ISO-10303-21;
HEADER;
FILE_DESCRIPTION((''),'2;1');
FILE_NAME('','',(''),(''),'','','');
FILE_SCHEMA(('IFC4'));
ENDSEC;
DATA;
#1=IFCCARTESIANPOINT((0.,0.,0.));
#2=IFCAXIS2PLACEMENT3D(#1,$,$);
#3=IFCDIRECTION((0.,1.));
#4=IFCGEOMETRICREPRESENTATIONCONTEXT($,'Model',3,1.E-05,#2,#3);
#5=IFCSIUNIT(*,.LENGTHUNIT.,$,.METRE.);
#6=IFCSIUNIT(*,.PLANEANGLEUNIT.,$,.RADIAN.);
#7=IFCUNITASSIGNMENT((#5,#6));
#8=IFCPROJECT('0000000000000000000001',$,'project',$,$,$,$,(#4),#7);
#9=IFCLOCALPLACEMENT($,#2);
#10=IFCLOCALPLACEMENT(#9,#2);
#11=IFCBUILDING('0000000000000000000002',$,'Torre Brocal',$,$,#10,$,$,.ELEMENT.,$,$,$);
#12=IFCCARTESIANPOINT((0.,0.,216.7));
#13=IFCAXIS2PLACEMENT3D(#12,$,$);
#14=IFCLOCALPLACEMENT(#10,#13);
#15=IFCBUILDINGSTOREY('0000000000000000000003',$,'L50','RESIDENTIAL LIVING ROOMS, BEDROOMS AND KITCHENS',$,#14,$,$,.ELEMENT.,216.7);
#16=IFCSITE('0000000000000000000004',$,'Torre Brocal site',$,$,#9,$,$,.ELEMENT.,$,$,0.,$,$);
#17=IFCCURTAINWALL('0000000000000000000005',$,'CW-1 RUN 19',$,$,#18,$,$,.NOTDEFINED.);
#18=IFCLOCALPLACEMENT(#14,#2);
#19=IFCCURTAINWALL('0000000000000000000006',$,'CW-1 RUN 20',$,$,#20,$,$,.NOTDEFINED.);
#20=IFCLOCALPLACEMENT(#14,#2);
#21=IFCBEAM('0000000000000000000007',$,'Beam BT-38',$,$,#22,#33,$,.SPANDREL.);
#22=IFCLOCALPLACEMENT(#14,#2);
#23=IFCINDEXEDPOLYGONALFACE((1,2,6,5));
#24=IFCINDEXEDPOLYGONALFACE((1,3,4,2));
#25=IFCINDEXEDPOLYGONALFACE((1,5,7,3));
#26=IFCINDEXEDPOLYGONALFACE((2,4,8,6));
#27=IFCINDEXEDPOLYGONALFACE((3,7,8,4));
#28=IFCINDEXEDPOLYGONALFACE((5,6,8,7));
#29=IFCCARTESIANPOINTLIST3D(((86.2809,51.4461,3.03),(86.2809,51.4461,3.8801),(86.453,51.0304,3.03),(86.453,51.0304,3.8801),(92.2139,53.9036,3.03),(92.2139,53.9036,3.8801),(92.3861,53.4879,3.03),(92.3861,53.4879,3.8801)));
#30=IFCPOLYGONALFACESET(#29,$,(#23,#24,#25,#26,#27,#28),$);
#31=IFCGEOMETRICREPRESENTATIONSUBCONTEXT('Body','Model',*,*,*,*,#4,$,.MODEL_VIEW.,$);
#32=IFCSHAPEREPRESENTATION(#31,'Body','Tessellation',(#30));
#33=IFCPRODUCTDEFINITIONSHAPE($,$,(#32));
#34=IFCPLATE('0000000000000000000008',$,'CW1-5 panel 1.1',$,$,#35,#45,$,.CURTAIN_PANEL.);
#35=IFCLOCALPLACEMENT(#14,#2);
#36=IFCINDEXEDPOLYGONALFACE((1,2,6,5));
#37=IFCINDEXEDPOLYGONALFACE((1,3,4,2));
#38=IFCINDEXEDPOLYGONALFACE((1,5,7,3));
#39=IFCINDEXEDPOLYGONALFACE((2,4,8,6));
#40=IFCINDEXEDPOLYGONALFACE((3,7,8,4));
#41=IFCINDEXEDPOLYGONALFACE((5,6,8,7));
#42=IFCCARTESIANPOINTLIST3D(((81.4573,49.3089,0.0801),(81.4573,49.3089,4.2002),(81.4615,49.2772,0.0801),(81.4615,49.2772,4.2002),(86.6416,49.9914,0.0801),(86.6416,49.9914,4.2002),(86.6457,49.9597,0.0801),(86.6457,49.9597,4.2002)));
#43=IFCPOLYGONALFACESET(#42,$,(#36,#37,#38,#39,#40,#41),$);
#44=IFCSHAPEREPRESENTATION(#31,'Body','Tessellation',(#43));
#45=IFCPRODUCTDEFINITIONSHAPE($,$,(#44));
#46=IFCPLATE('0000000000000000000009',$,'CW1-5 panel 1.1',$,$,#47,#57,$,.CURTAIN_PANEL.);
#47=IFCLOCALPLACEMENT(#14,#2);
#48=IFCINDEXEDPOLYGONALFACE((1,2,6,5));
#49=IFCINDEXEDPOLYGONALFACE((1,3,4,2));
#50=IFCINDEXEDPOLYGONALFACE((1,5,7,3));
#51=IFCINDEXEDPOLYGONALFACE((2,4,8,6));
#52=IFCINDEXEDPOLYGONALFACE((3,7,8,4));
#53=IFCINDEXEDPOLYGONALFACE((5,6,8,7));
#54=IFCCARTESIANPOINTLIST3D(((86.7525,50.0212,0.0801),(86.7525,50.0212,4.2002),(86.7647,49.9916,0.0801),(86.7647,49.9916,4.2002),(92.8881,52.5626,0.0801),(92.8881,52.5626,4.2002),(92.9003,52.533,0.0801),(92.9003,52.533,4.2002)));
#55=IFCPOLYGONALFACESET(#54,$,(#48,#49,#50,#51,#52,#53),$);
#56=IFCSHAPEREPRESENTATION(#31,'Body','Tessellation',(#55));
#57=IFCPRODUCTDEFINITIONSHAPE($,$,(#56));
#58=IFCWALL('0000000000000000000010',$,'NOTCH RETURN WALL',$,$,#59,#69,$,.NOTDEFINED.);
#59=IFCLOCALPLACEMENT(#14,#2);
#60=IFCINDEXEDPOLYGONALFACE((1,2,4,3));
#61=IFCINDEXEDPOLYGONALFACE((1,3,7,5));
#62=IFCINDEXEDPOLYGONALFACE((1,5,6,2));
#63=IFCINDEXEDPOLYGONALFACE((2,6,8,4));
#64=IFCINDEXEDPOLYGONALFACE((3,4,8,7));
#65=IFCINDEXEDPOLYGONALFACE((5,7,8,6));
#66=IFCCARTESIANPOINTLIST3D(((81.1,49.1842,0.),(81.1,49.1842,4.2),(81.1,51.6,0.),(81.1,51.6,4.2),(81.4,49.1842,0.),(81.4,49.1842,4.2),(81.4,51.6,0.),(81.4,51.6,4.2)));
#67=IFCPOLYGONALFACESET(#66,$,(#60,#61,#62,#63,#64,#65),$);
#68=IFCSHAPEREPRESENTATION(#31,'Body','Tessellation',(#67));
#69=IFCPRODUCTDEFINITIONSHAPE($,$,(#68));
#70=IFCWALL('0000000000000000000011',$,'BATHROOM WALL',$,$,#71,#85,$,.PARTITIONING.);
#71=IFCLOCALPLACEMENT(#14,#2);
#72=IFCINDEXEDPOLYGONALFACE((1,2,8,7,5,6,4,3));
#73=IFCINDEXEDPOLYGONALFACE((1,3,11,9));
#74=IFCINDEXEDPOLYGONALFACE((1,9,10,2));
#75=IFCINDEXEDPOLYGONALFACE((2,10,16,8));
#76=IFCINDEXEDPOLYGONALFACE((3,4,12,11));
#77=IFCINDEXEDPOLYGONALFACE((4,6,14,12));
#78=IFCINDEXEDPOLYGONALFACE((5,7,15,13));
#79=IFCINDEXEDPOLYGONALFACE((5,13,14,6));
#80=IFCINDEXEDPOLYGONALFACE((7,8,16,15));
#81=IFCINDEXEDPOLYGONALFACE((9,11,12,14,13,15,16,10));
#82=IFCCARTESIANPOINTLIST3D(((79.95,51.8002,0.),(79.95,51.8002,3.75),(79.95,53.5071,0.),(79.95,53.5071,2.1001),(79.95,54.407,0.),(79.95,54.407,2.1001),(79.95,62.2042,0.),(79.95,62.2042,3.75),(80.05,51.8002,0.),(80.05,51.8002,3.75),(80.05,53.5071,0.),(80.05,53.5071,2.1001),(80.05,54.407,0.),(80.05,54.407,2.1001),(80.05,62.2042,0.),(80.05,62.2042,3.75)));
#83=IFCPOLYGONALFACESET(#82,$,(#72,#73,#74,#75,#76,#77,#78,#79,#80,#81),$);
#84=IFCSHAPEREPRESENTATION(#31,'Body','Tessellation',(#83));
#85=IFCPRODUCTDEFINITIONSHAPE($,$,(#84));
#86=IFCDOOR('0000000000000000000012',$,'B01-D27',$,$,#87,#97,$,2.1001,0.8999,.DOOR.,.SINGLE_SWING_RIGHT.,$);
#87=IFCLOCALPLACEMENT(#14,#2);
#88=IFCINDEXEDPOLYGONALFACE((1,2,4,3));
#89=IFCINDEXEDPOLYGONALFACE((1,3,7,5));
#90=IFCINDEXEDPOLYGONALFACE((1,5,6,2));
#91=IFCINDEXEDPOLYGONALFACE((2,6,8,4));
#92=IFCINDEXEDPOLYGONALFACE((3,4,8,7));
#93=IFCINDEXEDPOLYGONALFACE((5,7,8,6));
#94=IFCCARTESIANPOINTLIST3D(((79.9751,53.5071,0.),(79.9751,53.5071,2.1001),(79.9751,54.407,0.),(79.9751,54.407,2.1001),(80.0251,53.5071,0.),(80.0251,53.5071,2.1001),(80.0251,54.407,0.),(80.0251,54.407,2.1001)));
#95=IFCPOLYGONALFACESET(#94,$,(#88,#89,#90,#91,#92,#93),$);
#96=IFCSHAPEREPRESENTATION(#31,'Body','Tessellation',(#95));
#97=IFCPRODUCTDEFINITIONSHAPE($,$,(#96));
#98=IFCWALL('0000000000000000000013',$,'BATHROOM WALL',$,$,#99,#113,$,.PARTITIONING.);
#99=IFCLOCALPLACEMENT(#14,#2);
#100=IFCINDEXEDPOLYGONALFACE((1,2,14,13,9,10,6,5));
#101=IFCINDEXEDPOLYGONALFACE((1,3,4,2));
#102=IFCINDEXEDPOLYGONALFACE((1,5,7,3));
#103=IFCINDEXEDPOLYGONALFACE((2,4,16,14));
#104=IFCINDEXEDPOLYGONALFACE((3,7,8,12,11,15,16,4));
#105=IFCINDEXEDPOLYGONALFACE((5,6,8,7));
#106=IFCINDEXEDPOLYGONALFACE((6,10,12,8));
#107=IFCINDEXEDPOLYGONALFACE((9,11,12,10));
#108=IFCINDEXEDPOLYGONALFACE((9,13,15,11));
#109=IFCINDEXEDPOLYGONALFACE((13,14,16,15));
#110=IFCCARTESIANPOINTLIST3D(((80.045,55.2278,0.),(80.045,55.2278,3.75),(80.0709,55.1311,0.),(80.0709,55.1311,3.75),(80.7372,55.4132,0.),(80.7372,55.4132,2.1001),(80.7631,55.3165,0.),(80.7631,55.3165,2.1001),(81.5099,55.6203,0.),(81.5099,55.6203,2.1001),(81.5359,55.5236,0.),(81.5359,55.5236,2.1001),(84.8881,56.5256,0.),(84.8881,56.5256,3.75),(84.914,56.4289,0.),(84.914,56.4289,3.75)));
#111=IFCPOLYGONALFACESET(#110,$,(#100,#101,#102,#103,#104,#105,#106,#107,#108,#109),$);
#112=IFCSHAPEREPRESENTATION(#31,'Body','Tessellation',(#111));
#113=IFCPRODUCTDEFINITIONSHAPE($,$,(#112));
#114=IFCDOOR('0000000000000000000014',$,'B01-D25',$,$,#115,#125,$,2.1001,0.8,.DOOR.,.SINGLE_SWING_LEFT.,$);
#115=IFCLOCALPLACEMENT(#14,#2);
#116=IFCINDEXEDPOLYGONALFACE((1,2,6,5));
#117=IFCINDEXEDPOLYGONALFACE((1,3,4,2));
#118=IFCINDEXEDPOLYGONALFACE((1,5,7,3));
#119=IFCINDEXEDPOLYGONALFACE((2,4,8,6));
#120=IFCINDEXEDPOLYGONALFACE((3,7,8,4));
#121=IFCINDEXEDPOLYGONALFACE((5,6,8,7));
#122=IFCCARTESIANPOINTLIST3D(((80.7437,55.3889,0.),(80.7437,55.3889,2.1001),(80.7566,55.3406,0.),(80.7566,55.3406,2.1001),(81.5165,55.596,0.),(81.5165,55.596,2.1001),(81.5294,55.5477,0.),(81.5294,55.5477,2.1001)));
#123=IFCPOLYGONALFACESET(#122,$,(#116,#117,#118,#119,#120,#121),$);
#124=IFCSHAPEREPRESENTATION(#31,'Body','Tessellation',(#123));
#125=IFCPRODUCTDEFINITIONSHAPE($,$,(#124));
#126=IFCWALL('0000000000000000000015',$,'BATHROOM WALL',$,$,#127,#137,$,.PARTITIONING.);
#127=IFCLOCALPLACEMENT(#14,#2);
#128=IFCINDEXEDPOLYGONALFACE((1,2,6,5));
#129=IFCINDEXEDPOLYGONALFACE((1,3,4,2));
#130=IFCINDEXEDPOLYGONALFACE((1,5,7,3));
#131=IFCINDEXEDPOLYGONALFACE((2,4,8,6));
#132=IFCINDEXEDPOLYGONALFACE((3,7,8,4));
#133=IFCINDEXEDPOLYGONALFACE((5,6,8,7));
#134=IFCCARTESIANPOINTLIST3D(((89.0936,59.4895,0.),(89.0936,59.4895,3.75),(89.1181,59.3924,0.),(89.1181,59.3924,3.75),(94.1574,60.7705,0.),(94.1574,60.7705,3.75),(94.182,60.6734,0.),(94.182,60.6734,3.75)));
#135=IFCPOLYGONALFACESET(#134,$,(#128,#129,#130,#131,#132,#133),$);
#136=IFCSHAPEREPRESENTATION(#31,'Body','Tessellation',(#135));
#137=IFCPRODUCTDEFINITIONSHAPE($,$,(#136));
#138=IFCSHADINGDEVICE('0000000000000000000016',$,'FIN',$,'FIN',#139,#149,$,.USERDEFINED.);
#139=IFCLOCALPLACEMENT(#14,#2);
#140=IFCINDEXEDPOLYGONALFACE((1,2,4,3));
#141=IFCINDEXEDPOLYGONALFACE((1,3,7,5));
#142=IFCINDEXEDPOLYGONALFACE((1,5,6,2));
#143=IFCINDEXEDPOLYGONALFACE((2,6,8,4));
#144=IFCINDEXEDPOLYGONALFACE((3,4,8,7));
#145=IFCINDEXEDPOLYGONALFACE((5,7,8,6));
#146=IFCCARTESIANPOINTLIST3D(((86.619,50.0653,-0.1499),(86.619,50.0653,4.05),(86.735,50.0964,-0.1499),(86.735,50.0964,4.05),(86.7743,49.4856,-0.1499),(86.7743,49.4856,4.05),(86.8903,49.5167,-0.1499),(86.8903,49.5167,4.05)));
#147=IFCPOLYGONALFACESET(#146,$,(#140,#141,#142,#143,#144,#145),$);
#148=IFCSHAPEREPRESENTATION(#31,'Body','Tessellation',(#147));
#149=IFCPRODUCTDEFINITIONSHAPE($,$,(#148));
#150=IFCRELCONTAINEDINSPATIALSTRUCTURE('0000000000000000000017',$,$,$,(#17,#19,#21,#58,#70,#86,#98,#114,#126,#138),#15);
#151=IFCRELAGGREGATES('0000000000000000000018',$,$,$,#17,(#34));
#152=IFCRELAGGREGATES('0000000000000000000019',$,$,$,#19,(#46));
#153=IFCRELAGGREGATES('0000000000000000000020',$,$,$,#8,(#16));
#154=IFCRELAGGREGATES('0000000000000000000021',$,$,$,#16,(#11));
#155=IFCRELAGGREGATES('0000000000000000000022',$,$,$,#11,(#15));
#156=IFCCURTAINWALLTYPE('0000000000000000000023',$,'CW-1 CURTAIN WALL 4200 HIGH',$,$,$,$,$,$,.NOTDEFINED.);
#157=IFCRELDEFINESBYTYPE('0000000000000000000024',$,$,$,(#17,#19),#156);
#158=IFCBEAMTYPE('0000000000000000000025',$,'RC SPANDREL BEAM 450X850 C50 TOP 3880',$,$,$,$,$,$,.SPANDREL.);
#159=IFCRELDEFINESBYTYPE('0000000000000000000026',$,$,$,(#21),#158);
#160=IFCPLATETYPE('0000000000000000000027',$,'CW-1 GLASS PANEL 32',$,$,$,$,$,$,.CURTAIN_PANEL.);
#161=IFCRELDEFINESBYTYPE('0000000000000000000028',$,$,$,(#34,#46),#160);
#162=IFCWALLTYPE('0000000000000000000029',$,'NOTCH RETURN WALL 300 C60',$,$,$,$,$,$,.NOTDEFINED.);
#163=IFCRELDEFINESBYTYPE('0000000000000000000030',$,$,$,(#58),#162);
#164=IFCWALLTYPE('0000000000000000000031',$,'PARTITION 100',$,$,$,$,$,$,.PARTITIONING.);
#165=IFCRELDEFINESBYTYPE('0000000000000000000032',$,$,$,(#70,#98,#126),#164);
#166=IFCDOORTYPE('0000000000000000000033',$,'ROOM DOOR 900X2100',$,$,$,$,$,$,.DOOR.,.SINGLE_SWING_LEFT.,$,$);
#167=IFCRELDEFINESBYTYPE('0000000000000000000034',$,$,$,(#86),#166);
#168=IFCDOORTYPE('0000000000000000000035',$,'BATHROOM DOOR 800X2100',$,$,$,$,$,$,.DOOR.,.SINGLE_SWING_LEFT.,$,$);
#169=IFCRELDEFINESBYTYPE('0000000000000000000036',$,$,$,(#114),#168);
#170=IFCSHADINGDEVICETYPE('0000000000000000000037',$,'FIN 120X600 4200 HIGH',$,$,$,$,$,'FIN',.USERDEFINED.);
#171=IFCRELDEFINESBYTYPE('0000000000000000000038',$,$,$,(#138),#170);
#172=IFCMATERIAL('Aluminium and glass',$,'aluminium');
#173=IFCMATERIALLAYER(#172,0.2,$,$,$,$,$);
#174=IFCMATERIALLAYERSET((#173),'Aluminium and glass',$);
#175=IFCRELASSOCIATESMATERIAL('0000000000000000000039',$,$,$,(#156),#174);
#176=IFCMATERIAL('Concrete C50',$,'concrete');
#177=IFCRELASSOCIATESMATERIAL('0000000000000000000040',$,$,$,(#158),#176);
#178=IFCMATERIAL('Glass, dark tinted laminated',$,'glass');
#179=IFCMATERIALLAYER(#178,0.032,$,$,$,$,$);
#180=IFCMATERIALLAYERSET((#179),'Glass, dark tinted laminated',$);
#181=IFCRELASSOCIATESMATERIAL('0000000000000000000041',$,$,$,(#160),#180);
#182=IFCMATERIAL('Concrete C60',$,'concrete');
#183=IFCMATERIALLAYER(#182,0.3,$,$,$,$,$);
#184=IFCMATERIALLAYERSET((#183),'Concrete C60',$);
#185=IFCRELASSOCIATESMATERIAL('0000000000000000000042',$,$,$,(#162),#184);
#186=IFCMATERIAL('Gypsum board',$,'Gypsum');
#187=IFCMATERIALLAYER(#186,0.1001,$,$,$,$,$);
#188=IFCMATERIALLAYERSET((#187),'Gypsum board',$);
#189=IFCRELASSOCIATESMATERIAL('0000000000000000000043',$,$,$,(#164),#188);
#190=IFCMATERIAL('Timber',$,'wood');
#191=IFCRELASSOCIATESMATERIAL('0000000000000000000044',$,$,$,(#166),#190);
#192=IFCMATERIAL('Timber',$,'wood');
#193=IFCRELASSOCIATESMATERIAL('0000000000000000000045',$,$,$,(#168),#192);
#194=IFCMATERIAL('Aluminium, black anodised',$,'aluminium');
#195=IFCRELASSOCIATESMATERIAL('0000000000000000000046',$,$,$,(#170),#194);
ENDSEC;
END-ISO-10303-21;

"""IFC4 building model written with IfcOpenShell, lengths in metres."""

from ifc_helpers import new_model, si_unit, direction, frame, frame_2d, origin, origin_2d, place, context, subcontext, project, spatial, rectangle, extrude, material, layer, layer_set, material_profile, profile_set, type_object, element, fill, aggregate, save


model = new_model("IFC4")

# Units and contexts
model_context = context("Model", 3, precision=1e-05, world=origin(), true_north=direction((0.0, 1.0)))
body_context = subcontext(model_context, "Body", "Model", "MODEL_VIEW")
ifc_project = project(units=[si_unit("LENGTHUNIT", "METRE"), si_unit("PLANEANGLEUNIT", "RADIAN")], contexts=[model_context])

# Site, building, storey
site_placement = place(None, origin())
site = spatial("IfcSite", under=ifc_project, at=site_placement, Name="Torre Brocal site", CompositionType="ELEMENT", RefElevation=0.0)
building_placement = place(site_placement, origin())
building = spatial("IfcBuilding", under=site, at=building_placement, Name="Torre Brocal", CompositionType="ELEMENT")
storey_placement = place(building_placement, frame((0.0, 0.0, 216.7)))
storey = spatial("IfcBuildingStorey", under=building, at=storey_placement, Name="L50", Description="RESIDENTIAL LIVING ROOMS, BEDROOMS AND KITCHENS", CompositionType="ELEMENT", Elevation=216.7)

# Curtain wall
ifc_material_1 = material(Name="Aluminium and glass", Category="aluminium")
ifc_layer_1 = layer(ifc_material_1, 0.2)
ifc_layer_set_1 = layer_set([ifc_layer_1], Name="Aluminium and glass")
curtain_wall_type = type_object("IfcCurtainWallType", Name="CW-1 CURTAIN WALL 4200 HIGH", PredefinedType="NOTDEFINED", material=ifc_layer_set_1)
curtain_wall_1_placement = place(storey_placement, origin())
curtain_wall_1 = element("IfcCurtainWall", 1, at=curtain_wall_1_placement, inside=storey, type_object=curtain_wall_type, Name="CW-1 RUN 19", PredefinedType="NOTDEFINED")

# Curtain wall
curtain_wall_2_placement = place(storey_placement, origin())
curtain_wall_2 = element("IfcCurtainWall", 2, at=curtain_wall_2_placement, inside=storey, type_object=curtain_wall_type, Name="CW-1 RUN 20", PredefinedType="NOTDEFINED")

# Beam
ifc_material_2 = material(Name="Concrete C50", Category="concrete")
ifc_material_profile_1 = material_profile(ifc_material_2, rectangle(XDim=0.45, YDim=0.8501, at=origin_2d()), Name="RC 450X850")
ifc_profile_set_1 = profile_set([ifc_material_profile_1], Name="Concrete C50")
beam_type_1 = type_object("IfcBeamType", Name="RC SPANDREL BEAM 450X850 C50 TOP 3880", PredefinedType="SPANDREL", material=ifc_profile_set_1)
beam_1_placement = place(storey_placement, frame((86.3669, 51.2383, 3.4551), z_axis=(0.923882, 0.382676, 0.0), x_axis=(-0.382676, 0.923882, 0.0)))
element("IfcBeam", 3, at=beam_1_placement, inside=storey, type_object=beam_type_1, Name="Beam BT-38", PredefinedType="SPANDREL", context=body_context, shape_type="SweptSolid", body=[
    extrude(rectangle(XDim=0.45, YDim=0.8501, at=origin_2d()), origin(), (0.0, 0.0, 1.0), 6.4219),
])

# Plates
ifc_material_3 = material(Name="Glass, dark tinted laminated", Category="glass")
ifc_layer_2 = layer(ifc_material_3, 0.032)
ifc_layer_set_2 = layer_set([ifc_layer_2], Name="Glass, dark tinted laminated")
plate_type = type_object("IfcPlateType", Name="CW-1 GLASS PANEL 32", PredefinedType="CURTAIN_PANEL", material=ifc_layer_set_2)
plate_1_placement = place(storey_placement, frame((84.0515, 49.6343, 0.0801), z_axis=(0.0, 0.0, 1.0), x_axis=(0.991445, 0.130526, 0.0)))
plate_1 = element("IfcPlate", 4, at=plate_1_placement, type_object=plate_type, Name="CW1-5 panel 1.1", PredefinedType="CURTAIN_PANEL", context=body_context, shape_type="SweptSolid", body=[
    extrude(rectangle(XDim=5.229, YDim=0.032, at=origin_2d()), origin(), (0.0, 0.0, 1.0), 4.1201),
])
aggregate(curtain_wall_1, [plate_1])
plate_2_placement = place(storey_placement, frame((89.8264, 51.2771, 0.0801), z_axis=(0.0, 0.0, 1.0), x_axis=(0.92388, 0.382683, 0.0)))
plate_2 = element("IfcPlate", 5, at=plate_2_placement, type_object=plate_type, Name="CW1-5 panel 1.1", PredefinedType="CURTAIN_PANEL", context=body_context, shape_type="SweptSolid", body=[
    extrude(rectangle(XDim=6.6411, YDim=0.032, at=origin_2d()), origin(), (0.0, 0.0, 1.0), 4.1201),
])
aggregate(curtain_wall_2, [plate_2])

# Wall
ifc_material_4 = material(Name="Concrete C60", Category="concrete")
ifc_layer_3 = layer(ifc_material_4, 0.3)
ifc_layer_set_3 = layer_set([ifc_layer_3], Name="Concrete C60")
wall_type_1 = type_object("IfcWallType", Name="NOTCH RETURN WALL 300 C60", PredefinedType="NOTDEFINED", material=ifc_layer_set_3)
wall_1_placement = place(storey_placement, frame((81.25, 51.6001, 0.0), z_axis=(0.0, 0.0, 1.0), x_axis=(0.0, -1.0, 0.0)))
element("IfcWall", 6, at=wall_1_placement, inside=storey, type_object=wall_type_1, Name="NOTCH RETURN WALL", PredefinedType="NOTDEFINED", context=body_context, shape_type="SweptSolid", body=[
    extrude(rectangle(XDim=2.4158, YDim=0.3, at=frame_2d((1.208, 0.0))), origin(), (0.0, 0.0, 1.0), 4.2),
])

# Walls, openings, doors
ifc_material_5 = material(Name="Gypsum board", Category="Gypsum")
ifc_layer_4 = layer(ifc_material_5, 0.1001)
ifc_layer_set_4 = layer_set([ifc_layer_4], Name="Gypsum board")
wall_type_2 = type_object("IfcWallType", Name="PARTITION 100", PredefinedType="PARTITIONING", material=ifc_layer_set_4)
wall_2_placement = place(storey_placement, frame((80.0, 51.8, 0.0), z_axis=(0.0, 0.0, 1.0), x_axis=(0.0, 1.0, 0.0)))
wall_2 = element("IfcWall", 7, at=wall_2_placement, inside=storey, type_object=wall_type_2, Name="BATHROOM WALL", PredefinedType="PARTITIONING", context=body_context, shape_type="SweptSolid", body=[
    extrude(rectangle(XDim=10.4041, YDim=0.1001, at=frame_2d((5.2021, 0.0))), origin(), (0.0, 0.0, 1.0), 3.75),
])
opening_1_placement = place(wall_2_placement, frame((1.707, 0.0, 0.0)))
opening_1 = element("IfcOpeningElement", 8, at=opening_1_placement, cuts=wall_2, PredefinedType="OPENING", context=body_context, shape_type="SweptSolid", body=[
    extrude(rectangle(XDim=0.8999, YDim=2.1001, at=frame_2d((0.45, 1.05))), frame((0.0, 0.0601, 0.0), z_axis=(0.0, -1.0, 0.0), x_axis=(1.0, 0.0, 0.0)), (0.0, 0.0, 1.0), 0.1201),
])
ifc_material_6 = material(Name="Timber", Category="wood")
door_type_1 = type_object("IfcDoorType", Name="ROOM DOOR 900X2100", OperationType="SINGLE_SWING_LEFT", PredefinedType="DOOR", material=ifc_material_6)
door_1_placement = place(opening_1_placement, origin())
door_1 = element("IfcDoor", 9, at=door_1_placement, inside=storey, type_object=door_type_1, Name="B01-D27", OperationType="SINGLE_SWING_RIGHT", OverallHeight=2.1001, OverallWidth=0.8999, PredefinedType="DOOR", context=body_context, shape_type="SweptSolid", body=[
    extrude(rectangle(XDim=0.8999, YDim=2.1001, at=frame_2d((0.45, 1.05))), frame((0.0, 0.0249, 0.0), z_axis=(0.0, -1.0, 0.0), x_axis=(1.0, 0.0, 0.0)), (0.0, 0.0, 1.0), 0.05),
])
fill(opening_1, door_1)
wall_3_placement = place(storey_placement, frame((80.0581, 55.1794, 0.0), z_axis=(0.0, 0.0, 1.0), x_axis=(0.965917, 0.25885, 0.0)))
wall_3 = element("IfcWall", 10, at=wall_3_placement, inside=storey, type_object=wall_type_2, Name="BATHROOM WALL", PredefinedType="PARTITIONING", context=body_context, shape_type="SweptSolid", body=[
    extrude(rectangle(XDim=5.0139, YDim=0.1001, at=frame_2d((2.5068, 0.0))), origin(), (0.0, 0.0, 1.0), 3.75),
])
opening_2_placement = place(wall_3_placement, frame((0.7166, 0.0, 0.0)))
opening_2 = element("IfcOpeningElement", 11, at=opening_2_placement, cuts=wall_3, PredefinedType="OPENING", context=body_context, shape_type="SweptSolid", body=[
    extrude(rectangle(XDim=0.8, YDim=2.1001, at=frame_2d((0.3999, 1.05))), frame((0.0, 0.0601, 0.0), z_axis=(0.0, -1.0, 0.0), x_axis=(1.0, 0.0, 0.0)), (0.0, 0.0, 1.0), 0.1201),
])
ifc_material_7 = material(Name="Timber", Category="wood")
door_type_2 = type_object("IfcDoorType", Name="BATHROOM DOOR 800X2100", OperationType="SINGLE_SWING_LEFT", PredefinedType="DOOR", material=ifc_material_7)
door_2_placement = place(opening_2_placement, origin())
door_2 = element("IfcDoor", 12, at=door_2_placement, inside=storey, type_object=door_type_2, Name="B01-D25", OperationType="SINGLE_SWING_LEFT", OverallHeight=2.1001, OverallWidth=0.8, PredefinedType="DOOR", context=body_context, shape_type="SweptSolid", body=[
    extrude(rectangle(XDim=0.8, YDim=2.1001, at=frame_2d((0.3999, 1.05))), frame((0.0, 0.0249, 0.0), z_axis=(0.0, -1.0, 0.0), x_axis=(1.0, 0.0, 0.0)), (0.0, 0.0, 1.0), 0.05),
])
fill(opening_2, door_2)

# Wall
wall_4_placement = place(storey_placement, frame((89.1057, 59.4409, 0.0), z_axis=(0.0, 0.0, 1.0), x_axis=(0.969462, 0.24524, 0.0)))
element("IfcWall", 13, at=wall_4_placement, inside=storey, type_object=wall_type_2, Name="BATHROOM WALL", PredefinedType="PARTITIONING", context=body_context, shape_type="SweptSolid", body=[
    extrude(rectangle(XDim=5.2234, YDim=0.1001, at=frame_2d((2.6118, 0.0))), origin(), (0.0, 0.0, 1.0), 3.75),
])

# Shading device
ifc_material_8 = material(Name="Aluminium, black anodised", Category="aluminium")
ifc_material_profile_2 = material_profile(ifc_material_8, rectangle(XDim=0.1201, YDim=0.6001, at=origin_2d()), Name="FIN 120X600 4200 HIGH")
ifc_profile_set_2 = profile_set([ifc_material_profile_2], Name="Aluminium, black anodised")
shading_device_type = type_object("IfcShadingDeviceType", Name="FIN 120X600 4200 HIGH", ElementType="FIN", PredefinedType="USERDEFINED", material=ifc_profile_set_2)
shading_device_placement = place(storey_placement, frame((86.7546, 49.791, -0.1499), z_axis=(0.0, 0.0, 1.0), x_axis=(0.965926, 0.258819, 0.0)))
element("IfcShadingDevice", 14, at=shading_device_placement, inside=storey, type_object=shading_device_type, Name="FIN", ObjectType="FIN", PredefinedType="USERDEFINED", context=body_context, shape_type="SweptSolid", body=[
    extrude(rectangle(XDim=0.1201, YDim=0.6001, at=origin_2d()), origin(), (0.0, 0.0, 1.0), 4.2),
])

save(model, "model.ifc")
